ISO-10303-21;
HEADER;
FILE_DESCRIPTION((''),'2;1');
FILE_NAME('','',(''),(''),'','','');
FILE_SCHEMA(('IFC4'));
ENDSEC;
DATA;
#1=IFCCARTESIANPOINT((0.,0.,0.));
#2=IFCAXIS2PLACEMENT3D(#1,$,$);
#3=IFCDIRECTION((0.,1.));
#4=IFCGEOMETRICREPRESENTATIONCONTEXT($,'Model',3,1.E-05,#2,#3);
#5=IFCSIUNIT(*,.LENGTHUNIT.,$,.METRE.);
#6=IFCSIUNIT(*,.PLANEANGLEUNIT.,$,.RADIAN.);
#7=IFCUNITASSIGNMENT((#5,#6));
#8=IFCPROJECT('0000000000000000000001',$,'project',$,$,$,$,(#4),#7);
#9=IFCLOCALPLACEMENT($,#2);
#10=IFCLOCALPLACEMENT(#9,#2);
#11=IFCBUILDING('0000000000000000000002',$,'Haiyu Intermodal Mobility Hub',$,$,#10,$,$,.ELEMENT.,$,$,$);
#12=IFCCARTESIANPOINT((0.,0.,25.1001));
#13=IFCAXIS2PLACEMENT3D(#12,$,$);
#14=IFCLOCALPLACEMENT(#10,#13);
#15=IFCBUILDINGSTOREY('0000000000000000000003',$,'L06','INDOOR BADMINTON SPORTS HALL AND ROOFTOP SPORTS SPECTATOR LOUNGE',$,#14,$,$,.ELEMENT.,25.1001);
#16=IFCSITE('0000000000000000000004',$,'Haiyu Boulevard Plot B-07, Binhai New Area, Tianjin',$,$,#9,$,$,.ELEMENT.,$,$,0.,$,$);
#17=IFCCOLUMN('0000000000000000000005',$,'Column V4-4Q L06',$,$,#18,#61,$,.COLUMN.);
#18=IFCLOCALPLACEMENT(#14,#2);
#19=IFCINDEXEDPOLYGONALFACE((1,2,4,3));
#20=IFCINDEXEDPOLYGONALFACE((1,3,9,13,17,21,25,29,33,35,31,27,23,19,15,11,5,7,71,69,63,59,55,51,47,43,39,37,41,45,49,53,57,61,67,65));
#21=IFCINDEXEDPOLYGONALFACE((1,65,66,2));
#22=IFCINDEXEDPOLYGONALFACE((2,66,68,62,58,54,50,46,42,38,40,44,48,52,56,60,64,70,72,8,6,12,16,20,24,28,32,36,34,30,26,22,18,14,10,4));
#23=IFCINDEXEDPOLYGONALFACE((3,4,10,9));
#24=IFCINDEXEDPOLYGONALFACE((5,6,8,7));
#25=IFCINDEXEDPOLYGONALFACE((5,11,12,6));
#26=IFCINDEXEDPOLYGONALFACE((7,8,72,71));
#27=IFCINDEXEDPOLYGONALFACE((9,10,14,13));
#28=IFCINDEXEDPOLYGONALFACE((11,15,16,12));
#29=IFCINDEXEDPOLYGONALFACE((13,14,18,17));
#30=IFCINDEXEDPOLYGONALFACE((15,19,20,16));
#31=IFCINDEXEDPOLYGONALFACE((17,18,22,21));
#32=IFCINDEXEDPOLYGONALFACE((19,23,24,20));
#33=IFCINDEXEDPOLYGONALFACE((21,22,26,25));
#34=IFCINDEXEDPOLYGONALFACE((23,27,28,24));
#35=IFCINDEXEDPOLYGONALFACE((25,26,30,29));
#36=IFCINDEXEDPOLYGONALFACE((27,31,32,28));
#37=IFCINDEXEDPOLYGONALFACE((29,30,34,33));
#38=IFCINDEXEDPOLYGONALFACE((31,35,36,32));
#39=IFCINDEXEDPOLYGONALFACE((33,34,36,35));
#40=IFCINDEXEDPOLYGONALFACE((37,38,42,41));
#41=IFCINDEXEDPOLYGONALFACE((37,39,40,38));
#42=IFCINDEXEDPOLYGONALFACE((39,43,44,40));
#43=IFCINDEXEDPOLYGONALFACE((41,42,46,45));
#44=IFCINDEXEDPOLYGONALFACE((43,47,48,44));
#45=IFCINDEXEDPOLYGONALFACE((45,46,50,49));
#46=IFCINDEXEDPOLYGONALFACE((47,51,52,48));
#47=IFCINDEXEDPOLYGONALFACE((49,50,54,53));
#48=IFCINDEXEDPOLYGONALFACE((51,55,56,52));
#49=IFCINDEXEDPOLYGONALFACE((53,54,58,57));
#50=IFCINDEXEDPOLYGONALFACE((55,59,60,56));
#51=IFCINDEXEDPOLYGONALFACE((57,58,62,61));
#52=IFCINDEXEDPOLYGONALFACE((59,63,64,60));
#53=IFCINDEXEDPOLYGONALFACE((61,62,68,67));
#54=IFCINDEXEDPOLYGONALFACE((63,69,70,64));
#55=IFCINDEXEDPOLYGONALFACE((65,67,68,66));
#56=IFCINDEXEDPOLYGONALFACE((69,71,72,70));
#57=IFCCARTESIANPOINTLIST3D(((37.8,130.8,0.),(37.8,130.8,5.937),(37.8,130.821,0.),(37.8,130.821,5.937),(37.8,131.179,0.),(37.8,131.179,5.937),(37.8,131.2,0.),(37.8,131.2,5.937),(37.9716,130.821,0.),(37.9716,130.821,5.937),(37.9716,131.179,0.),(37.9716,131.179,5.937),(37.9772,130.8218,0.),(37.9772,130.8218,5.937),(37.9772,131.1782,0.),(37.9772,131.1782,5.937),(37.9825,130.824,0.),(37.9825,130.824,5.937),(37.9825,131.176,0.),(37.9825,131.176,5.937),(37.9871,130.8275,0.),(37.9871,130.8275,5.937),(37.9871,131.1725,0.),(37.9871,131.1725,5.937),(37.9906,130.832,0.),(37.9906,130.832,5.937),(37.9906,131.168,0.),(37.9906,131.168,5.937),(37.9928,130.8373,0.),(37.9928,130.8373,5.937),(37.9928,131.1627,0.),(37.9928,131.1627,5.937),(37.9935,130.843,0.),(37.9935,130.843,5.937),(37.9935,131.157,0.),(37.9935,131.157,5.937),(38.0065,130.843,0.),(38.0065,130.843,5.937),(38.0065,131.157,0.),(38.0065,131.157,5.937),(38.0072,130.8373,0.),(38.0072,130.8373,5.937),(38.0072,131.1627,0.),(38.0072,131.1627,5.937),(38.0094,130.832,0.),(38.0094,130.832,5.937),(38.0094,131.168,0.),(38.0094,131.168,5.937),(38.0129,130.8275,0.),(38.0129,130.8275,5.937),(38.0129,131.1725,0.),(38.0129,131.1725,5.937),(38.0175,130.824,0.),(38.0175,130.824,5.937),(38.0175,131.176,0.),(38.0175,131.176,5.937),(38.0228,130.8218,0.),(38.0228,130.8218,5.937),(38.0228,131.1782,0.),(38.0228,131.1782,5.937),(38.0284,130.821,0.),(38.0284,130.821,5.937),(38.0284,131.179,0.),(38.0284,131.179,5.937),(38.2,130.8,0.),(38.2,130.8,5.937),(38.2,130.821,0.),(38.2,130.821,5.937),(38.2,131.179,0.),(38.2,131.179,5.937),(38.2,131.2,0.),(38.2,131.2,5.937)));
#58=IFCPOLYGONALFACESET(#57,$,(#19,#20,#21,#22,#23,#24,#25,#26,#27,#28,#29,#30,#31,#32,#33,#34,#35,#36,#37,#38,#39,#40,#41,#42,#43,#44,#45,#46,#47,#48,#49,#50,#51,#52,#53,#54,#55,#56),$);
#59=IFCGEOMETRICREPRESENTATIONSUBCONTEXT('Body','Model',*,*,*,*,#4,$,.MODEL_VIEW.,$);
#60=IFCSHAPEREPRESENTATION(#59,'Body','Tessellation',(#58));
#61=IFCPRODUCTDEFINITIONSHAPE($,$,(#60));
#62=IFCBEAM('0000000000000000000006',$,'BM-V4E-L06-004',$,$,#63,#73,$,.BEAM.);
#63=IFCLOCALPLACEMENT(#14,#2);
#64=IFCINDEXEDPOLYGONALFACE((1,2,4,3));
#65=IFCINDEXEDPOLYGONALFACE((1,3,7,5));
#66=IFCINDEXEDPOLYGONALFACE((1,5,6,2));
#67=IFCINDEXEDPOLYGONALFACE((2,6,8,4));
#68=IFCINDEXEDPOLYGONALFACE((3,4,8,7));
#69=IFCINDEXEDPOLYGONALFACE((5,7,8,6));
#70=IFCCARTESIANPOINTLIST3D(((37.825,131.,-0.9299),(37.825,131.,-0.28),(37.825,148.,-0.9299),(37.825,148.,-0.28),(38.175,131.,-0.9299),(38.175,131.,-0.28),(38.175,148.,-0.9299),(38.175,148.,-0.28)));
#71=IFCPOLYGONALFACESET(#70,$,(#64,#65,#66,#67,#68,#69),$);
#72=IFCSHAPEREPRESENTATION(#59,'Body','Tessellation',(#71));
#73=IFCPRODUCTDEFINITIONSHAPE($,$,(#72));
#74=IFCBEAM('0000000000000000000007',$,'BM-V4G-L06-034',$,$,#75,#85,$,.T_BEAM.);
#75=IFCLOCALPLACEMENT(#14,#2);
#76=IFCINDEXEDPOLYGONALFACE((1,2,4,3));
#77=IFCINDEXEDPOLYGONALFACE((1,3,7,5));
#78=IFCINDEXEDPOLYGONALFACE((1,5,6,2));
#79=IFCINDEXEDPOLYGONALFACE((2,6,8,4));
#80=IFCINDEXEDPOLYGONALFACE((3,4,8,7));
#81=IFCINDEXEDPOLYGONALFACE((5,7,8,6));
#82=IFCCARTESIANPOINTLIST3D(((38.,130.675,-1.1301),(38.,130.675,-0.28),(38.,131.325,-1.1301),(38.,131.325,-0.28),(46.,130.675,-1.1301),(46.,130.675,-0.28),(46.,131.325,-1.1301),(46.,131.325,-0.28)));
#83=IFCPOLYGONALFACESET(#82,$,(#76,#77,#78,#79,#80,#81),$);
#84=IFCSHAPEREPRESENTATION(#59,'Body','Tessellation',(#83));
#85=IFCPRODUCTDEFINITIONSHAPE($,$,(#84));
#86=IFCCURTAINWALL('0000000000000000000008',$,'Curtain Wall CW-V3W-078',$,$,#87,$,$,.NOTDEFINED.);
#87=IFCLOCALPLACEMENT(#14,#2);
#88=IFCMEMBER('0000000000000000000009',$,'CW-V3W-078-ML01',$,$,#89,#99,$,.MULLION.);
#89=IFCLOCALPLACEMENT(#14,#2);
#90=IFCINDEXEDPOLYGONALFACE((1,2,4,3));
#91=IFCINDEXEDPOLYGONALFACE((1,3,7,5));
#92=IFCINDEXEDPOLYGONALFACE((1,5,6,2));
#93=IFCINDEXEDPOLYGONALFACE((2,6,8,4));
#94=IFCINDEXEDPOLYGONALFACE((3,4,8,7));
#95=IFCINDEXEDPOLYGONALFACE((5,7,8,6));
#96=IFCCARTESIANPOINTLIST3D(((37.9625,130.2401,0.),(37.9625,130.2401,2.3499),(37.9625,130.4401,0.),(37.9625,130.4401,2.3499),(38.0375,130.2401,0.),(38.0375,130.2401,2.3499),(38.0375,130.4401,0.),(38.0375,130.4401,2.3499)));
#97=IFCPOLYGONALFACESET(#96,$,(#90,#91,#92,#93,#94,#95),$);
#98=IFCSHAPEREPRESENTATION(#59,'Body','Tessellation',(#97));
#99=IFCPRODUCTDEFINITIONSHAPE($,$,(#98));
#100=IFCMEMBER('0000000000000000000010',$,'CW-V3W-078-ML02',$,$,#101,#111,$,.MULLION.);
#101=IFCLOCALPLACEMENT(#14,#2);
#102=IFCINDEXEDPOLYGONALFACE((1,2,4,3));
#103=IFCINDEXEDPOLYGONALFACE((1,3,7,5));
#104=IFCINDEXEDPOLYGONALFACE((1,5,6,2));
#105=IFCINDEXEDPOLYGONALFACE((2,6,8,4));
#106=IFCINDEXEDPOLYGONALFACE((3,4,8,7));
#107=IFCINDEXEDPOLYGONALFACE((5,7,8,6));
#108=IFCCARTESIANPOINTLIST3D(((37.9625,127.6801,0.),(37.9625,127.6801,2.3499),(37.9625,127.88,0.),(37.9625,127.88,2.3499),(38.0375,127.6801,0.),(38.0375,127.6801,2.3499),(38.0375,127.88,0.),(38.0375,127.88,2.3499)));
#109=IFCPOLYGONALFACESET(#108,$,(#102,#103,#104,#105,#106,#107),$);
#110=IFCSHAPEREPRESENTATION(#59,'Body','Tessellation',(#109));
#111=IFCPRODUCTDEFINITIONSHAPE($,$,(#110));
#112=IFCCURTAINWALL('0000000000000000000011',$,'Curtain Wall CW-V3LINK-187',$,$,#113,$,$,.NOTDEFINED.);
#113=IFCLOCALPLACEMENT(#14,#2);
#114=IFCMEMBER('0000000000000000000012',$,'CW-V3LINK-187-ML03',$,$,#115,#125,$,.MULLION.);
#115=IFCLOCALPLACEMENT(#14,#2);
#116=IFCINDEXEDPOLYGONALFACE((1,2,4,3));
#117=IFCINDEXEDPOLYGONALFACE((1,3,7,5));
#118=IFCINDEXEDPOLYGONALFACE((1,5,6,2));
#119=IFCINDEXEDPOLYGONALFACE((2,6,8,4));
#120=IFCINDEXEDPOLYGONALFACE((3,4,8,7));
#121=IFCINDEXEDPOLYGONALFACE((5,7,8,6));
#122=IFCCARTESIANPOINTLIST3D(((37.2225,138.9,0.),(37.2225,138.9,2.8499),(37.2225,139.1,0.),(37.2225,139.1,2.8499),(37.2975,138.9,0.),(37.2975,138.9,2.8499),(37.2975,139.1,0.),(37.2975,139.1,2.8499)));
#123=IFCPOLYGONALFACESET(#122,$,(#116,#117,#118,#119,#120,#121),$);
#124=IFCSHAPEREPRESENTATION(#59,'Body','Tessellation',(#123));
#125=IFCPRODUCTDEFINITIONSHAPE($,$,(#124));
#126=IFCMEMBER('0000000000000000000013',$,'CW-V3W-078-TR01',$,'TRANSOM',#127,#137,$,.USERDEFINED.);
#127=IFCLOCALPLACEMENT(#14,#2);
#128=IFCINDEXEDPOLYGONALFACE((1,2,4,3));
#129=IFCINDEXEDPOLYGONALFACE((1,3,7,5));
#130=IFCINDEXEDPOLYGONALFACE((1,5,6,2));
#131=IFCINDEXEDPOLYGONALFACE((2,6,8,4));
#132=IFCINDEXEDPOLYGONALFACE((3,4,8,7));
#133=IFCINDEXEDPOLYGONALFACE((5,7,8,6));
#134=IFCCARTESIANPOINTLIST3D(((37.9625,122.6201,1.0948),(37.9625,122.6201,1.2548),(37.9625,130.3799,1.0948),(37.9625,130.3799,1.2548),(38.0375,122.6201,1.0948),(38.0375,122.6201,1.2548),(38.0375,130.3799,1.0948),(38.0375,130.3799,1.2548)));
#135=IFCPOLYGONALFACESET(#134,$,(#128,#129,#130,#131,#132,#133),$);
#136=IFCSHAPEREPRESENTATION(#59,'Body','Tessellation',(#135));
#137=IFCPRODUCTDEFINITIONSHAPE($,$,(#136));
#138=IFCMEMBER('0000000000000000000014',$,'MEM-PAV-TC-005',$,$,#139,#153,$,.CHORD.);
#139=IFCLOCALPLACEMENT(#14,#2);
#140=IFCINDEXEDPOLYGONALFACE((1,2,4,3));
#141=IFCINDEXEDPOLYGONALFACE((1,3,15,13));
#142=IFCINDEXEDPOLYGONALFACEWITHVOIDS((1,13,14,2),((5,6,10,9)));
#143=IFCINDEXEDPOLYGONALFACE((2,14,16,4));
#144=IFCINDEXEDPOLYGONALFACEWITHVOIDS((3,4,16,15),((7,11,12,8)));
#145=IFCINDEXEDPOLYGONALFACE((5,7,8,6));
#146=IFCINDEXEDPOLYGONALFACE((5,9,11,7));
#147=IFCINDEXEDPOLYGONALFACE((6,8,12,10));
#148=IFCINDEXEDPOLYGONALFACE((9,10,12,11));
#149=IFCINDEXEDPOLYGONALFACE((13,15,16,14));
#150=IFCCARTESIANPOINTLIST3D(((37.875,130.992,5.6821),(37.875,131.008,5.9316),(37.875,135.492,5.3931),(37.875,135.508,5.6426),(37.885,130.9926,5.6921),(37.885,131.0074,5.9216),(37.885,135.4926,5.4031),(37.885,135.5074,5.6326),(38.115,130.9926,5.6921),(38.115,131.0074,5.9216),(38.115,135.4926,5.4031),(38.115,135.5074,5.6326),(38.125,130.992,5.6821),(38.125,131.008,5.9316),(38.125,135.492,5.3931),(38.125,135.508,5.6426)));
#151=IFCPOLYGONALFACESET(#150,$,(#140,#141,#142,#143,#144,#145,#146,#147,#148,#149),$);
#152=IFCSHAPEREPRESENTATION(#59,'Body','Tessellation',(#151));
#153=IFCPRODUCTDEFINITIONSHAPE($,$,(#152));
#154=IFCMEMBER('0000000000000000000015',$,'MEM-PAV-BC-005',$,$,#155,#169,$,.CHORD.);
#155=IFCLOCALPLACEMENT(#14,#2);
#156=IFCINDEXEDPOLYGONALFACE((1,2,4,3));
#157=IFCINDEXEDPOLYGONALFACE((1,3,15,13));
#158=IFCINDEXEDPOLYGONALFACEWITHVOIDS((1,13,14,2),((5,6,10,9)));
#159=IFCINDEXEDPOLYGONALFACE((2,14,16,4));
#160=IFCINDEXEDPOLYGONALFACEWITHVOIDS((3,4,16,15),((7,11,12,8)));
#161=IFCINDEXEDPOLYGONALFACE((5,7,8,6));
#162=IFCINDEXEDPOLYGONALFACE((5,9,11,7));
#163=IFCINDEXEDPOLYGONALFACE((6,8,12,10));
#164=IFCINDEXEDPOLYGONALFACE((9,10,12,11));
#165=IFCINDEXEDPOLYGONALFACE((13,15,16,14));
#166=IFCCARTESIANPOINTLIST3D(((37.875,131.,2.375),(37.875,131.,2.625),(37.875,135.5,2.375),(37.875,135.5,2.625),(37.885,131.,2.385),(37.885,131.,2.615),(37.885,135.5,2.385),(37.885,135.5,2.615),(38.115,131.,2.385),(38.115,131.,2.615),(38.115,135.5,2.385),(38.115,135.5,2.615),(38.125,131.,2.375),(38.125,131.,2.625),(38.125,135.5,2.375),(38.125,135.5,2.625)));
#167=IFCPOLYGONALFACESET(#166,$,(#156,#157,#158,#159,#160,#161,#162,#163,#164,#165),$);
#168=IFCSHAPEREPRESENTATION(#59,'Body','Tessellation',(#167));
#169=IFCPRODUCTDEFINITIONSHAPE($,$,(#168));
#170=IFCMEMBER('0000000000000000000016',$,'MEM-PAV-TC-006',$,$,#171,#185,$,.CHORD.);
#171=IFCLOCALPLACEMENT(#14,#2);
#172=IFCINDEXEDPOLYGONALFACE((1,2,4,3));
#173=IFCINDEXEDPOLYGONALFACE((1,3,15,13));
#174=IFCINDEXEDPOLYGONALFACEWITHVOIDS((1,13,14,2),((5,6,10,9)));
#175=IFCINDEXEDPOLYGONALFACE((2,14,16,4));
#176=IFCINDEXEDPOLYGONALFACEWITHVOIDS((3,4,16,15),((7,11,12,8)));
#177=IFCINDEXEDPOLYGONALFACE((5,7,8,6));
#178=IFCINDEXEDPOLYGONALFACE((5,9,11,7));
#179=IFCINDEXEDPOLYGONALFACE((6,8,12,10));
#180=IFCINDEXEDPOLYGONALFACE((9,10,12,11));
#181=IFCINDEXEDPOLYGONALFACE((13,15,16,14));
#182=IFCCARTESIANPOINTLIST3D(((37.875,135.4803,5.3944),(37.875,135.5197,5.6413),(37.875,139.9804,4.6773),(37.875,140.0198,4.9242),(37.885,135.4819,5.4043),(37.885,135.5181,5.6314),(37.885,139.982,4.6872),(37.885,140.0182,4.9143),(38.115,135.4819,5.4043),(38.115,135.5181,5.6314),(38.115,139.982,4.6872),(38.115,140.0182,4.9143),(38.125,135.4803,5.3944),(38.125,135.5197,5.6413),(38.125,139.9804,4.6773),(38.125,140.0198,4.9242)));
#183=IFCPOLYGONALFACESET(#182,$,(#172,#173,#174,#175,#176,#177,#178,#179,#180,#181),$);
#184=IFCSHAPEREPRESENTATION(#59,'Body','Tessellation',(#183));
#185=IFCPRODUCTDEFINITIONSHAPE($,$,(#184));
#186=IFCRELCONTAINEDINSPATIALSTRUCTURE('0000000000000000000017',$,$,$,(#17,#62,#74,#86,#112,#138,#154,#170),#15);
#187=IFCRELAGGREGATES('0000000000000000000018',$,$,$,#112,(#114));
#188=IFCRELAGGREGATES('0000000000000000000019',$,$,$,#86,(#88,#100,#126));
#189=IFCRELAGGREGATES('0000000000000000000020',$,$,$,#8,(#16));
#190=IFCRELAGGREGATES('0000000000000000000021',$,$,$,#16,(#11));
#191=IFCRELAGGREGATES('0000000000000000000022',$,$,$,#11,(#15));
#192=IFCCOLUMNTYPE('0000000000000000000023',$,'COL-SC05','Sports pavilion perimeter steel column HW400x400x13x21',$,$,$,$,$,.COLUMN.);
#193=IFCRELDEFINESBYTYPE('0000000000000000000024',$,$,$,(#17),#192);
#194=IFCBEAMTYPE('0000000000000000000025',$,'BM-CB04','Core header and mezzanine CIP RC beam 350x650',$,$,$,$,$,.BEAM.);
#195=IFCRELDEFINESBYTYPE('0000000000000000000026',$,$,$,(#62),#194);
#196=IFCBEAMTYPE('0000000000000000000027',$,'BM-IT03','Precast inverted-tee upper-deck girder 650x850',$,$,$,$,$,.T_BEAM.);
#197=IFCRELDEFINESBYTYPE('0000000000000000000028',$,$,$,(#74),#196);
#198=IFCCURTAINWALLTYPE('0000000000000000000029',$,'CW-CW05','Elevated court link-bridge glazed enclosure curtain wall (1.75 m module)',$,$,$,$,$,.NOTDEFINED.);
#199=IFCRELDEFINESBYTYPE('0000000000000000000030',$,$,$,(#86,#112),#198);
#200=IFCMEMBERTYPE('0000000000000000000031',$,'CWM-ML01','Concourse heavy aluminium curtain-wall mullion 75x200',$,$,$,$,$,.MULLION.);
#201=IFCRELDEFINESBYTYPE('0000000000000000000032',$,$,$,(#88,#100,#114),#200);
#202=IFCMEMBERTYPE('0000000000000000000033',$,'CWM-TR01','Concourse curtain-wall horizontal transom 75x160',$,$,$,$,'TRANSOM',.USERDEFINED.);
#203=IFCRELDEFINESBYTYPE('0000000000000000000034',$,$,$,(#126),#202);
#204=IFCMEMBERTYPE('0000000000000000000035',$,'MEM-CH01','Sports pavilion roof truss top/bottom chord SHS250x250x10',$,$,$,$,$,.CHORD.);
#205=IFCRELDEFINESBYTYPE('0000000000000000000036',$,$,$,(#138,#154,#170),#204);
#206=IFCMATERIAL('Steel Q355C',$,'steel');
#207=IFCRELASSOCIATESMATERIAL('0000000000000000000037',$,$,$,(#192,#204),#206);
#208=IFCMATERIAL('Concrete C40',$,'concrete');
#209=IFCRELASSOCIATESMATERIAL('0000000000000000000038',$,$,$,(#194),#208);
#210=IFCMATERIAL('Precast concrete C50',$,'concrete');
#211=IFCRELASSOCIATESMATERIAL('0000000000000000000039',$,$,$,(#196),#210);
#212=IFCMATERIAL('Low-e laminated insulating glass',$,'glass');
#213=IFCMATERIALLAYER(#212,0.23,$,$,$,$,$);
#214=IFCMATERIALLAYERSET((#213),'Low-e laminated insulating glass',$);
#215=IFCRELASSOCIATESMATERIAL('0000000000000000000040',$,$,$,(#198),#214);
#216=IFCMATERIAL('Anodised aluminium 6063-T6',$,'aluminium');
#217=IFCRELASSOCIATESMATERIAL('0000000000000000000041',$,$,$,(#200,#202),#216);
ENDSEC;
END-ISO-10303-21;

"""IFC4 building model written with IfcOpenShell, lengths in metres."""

from ifc_helpers import new_model, si_unit, direction, frame, origin, origin_2d, place, context, subcontext, project, spatial, rectangle, hollow_rectangle, i_section, extrude, material, layer, layer_set, material_profile, profile_set, type_object, element, aggregate, save


model = new_model("IFC4")

# Units and contexts
model_context = context("Model", 3, precision=1e-05, world=origin(), true_north=direction((0.0, 1.0)))
body_context = subcontext(model_context, "Body", "Model", "MODEL_VIEW")
ifc_project = project(units=[si_unit("LENGTHUNIT", "METRE"), si_unit("PLANEANGLEUNIT", "RADIAN")], contexts=[model_context])

# Site, building, storey
site_placement = place(None, origin())
site = spatial("IfcSite", under=ifc_project, at=site_placement, Name="Haiyu Boulevard Plot B-07, Binhai New Area, Tianjin", CompositionType="ELEMENT", RefElevation=0.0)
building_placement = place(site_placement, origin())
building = spatial("IfcBuilding", under=site, at=building_placement, Name="Haiyu Intermodal Mobility Hub", CompositionType="ELEMENT")
storey_placement = place(building_placement, frame((0.0, 0.0, 25.1001)))
storey = spatial("IfcBuildingStorey", under=building, at=storey_placement, Name="L06", Description="INDOOR BADMINTON SPORTS HALL AND ROOFTOP SPORTS SPECTATOR LOUNGE", CompositionType="ELEMENT", Elevation=25.1001)

# Column
ifc_material_1 = material(Name="Steel Q355C", Category="steel")
ifc_material_profile_1 = material_profile(ifc_material_1, i_section(OverallWidth=0.3999, OverallDepth=0.3999, WebThickness=0.0129, FlangeThickness=0.021, FilletRadius=0.022, at=origin_2d()), Name="HW400x400x13x21")
ifc_profile_set_1 = profile_set([ifc_material_profile_1], Name="Steel Q355C")
column_type = type_object("IfcColumnType", Name="COL-SC05", Description="Sports pavilion perimeter steel column HW400x400x13x21", PredefinedType="COLUMN", material=ifc_profile_set_1)
column_placement = place(storey_placement, frame((38.0, 131.0, 0.0), z_axis=(0.0, 0.0, 1.0), x_axis=(1.0, 0.0, 0.0)))
element("IfcColumn", 1, at=column_placement, inside=storey, type_object=column_type, Name="Column V4-4Q L06", PredefinedType="COLUMN", context=body_context, shape_type="SweptSolid", body=[
    extrude(i_section(OverallWidth=0.3999, OverallDepth=0.3999, WebThickness=0.0129, FlangeThickness=0.021, FilletRadius=0.022, at=origin_2d()), origin(), (0.0, 0.0, 1.0), 5.937),
])

# Beams
ifc_material_2 = material(Name="Concrete C40", Category="concrete")
ifc_material_profile_2 = material_profile(ifc_material_2, rectangle(XDim=0.3501, YDim=0.6499, at=origin_2d()), Name="RCB350x650")
ifc_profile_set_2 = profile_set([ifc_material_profile_2], Name="Concrete C40")
beam_type_1 = type_object("IfcBeamType", Name="BM-CB04", Description="Core header and mezzanine CIP RC beam 350x650", PredefinedType="BEAM", material=ifc_profile_set_2)
beam_1_placement = place(storey_placement, frame((38.0, 131.0, -0.605), z_axis=(0.0, 1.0, 0.0), x_axis=(-1.0, 0.0, 0.0)))
element("IfcBeam", 2, at=beam_1_placement, inside=storey, type_object=beam_type_1, Name="BM-V4E-L06-004", PredefinedType="BEAM", context=body_context, shape_type="SweptSolid", body=[
    extrude(rectangle(XDim=0.3501, YDim=0.6499, at=origin_2d()), origin(), (0.0, 0.0, 1.0), 17.0),
])
ifc_material_3 = material(Name="Precast concrete C50", Category="concrete")
ifc_material_profile_3 = material_profile(ifc_material_3, rectangle(XDim=0.6499, YDim=0.8501, at=origin_2d()), Name="PC650x850")
ifc_profile_set_3 = profile_set([ifc_material_profile_3], Name="Precast concrete C50")
beam_type_2 = type_object("IfcBeamType", Name="BM-IT03", Description="Precast inverted-tee upper-deck girder 650x850", PredefinedType="T_BEAM", material=ifc_profile_set_3)
beam_2_placement = place(storey_placement, frame((38.0, 131.0, -0.7051), z_axis=(1.0, 0.0, 0.0), x_axis=(0.0, 1.0, 0.0)))
element("IfcBeam", 3, at=beam_2_placement, inside=storey, type_object=beam_type_2, Name="BM-V4G-L06-034", PredefinedType="T_BEAM", context=body_context, shape_type="SweptSolid", body=[
    extrude(rectangle(XDim=0.6499, YDim=0.8501, at=origin_2d()), origin(), (0.0, 0.0, 1.0), 8.0),
])

# Curtain wall, members
ifc_material_4 = material(Name="Low-e laminated insulating glass", Category="glass")
ifc_layer_1 = layer(ifc_material_4, 0.23)
ifc_layer_set_1 = layer_set([ifc_layer_1], Name="Low-e laminated insulating glass")
curtain_wall_type = type_object("IfcCurtainWallType", Name="CW-CW05", Description="Elevated court link-bridge glazed enclosure curtain wall (1.75 m module)", PredefinedType="NOTDEFINED", material=ifc_layer_set_1)
curtain_wall_1_placement = place(storey_placement, origin())
curtain_wall_1 = element("IfcCurtainWall", 4, at=curtain_wall_1_placement, inside=storey, type_object=curtain_wall_type, Name="Curtain Wall CW-V3W-078", PredefinedType="NOTDEFINED")
ifc_material_5 = material(Name="Anodised aluminium 6063-T6", Category="aluminium")
ifc_material_profile_4 = material_profile(ifc_material_5, rectangle(XDim=0.075, YDim=0.2, at=origin_2d()), Name="ALU75x200")
ifc_profile_set_4 = profile_set([ifc_material_profile_4], Name="Anodised aluminium 6063-T6")
member_type_1 = type_object("IfcMemberType", Name="CWM-ML01", Description="Concourse heavy aluminium curtain-wall mullion 75x200", PredefinedType="MULLION", material=ifc_profile_set_4)
member_1_placement = place(storey_placement, frame((38.0, 130.3401, 0.0), z_axis=(0.0, 0.0, 1.0), x_axis=(1.0, 0.0, 0.0)))
member_1 = element("IfcMember", 5, at=member_1_placement, type_object=member_type_1, Name="CW-V3W-078-ML01", PredefinedType="MULLION", context=body_context, shape_type="SweptSolid", body=[
    extrude(rectangle(XDim=0.075, YDim=0.2, at=origin_2d()), origin(), (0.0, 0.0, 1.0), 2.3499),
])
member_2_placement = place(storey_placement, frame((38.0, 127.78, 0.0), z_axis=(0.0, 0.0, 1.0), x_axis=(1.0, 0.0, 0.0)))
member_2 = element("IfcMember", 6, at=member_2_placement, type_object=member_type_1, Name="CW-V3W-078-ML02", PredefinedType="MULLION", context=body_context, shape_type="SweptSolid", body=[
    extrude(rectangle(XDim=0.075, YDim=0.2, at=origin_2d()), origin(), (0.0, 0.0, 1.0), 2.3499),
])

# Curtain wall, member
curtain_wall_2_placement = place(storey_placement, origin())
curtain_wall_2 = element("IfcCurtainWall", 7, at=curtain_wall_2_placement, inside=storey, type_object=curtain_wall_type, Name="Curtain Wall CW-V3LINK-187", PredefinedType="NOTDEFINED")
member_3_placement = place(storey_placement, frame((37.26, 139.0, 0.0), z_axis=(0.0, 0.0, 1.0), x_axis=(1.0, 0.0, 0.0)))
member_3 = element("IfcMember", 8, at=member_3_placement, type_object=member_type_1, Name="CW-V3LINK-187-ML03", PredefinedType="MULLION", context=body_context, shape_type="SweptSolid", body=[
    extrude(rectangle(XDim=0.075, YDim=0.2, at=origin_2d()), origin(), (0.0, 0.0, 1.0), 2.8499),
])
aggregate(curtain_wall_2, [member_3])

# Member
ifc_material_profile_5 = material_profile(ifc_material_5, rectangle(XDim=0.075, YDim=0.1599, at=origin_2d()), Name="ALU75x160")
ifc_profile_set_5 = profile_set([ifc_material_profile_5], Name="Anodised aluminium 6063-T6")
member_type_2 = type_object("IfcMemberType", Name="CWM-TR01", Description="Concourse curtain-wall horizontal transom 75x160", ElementType="TRANSOM", PredefinedType="USERDEFINED", material=ifc_profile_set_5)
member_4_placement = place(storey_placement, frame((38.0, 130.3799, 1.1748), z_axis=(0.0, -1.0, 0.0), x_axis=(1.0, 0.0, 0.0)))
member_4 = element("IfcMember", 9, at=member_4_placement, type_object=member_type_2, Name="CW-V3W-078-TR01", ObjectType="TRANSOM", PredefinedType="USERDEFINED", context=body_context, shape_type="SweptSolid", body=[
    extrude(rectangle(XDim=0.075, YDim=0.1599, at=origin_2d()), origin(), (0.0, 0.0, 1.0), 7.7598),
])

# Members
ifc_material_profile_6 = material_profile(ifc_material_1, hollow_rectangle(XDim=0.25, YDim=0.25, WallThickness=0.01, at=origin_2d()), Name="SHS250x250x10")
ifc_profile_set_6 = profile_set([ifc_material_profile_6], Name="Steel Q355C")
member_type_3 = type_object("IfcMemberType", Name="MEM-CH01", Description="Sports pavilion roof truss top/bottom chord SHS250x250x10", PredefinedType="CHORD", material=ifc_profile_set_6)
member_5_placement = place(storey_placement, frame((38.0, 131.0, 5.8069), z_axis=(0.0, 0.997943, -0.064104), x_axis=(-1.0, 0.0, 0.0)))
element("IfcMember", 10, at=member_5_placement, inside=storey, type_object=member_type_3, Name="MEM-PAV-TC-005", PredefinedType="CHORD", context=body_context, shape_type="SweptSolid", body=[
    extrude(hollow_rectangle(XDim=0.25, YDim=0.25, WallThickness=0.01, at=origin_2d()), origin(), (0.0, 0.0, 1.0), 4.5093),
])
member_6_placement = place(storey_placement, frame((38.0, 131.0, 2.5), z_axis=(0.0, 1.0, 0.0), x_axis=(-1.0, 0.0, 0.0)))
element("IfcMember", 11, at=member_6_placement, inside=storey, type_object=member_type_3, Name="MEM-PAV-BC-005", PredefinedType="CHORD", context=body_context, shape_type="SweptSolid", body=[
    extrude(hollow_rectangle(XDim=0.25, YDim=0.25, WallThickness=0.01, at=origin_2d()), origin(), (0.0, 0.0, 1.0), 4.5),
])
member_7_placement = place(storey_placement, frame((38.0, 135.5, 5.5178), z_axis=(0.0, 0.987542, -0.157357), x_axis=(-1.0, 0.0, 0.0)))
element("IfcMember", 12, at=member_7_placement, inside=storey, type_object=member_type_3, Name="MEM-PAV-TC-006", PredefinedType="CHORD", context=body_context, shape_type="SweptSolid", body=[
    extrude(hollow_rectangle(XDim=0.25, YDim=0.25, WallThickness=0.01, at=origin_2d()), origin(), (0.0, 0.0, 1.0), 4.5569),
])

aggregate(curtain_wall_1, [member_1, member_2, member_4])

save(model, "model.ifc")
